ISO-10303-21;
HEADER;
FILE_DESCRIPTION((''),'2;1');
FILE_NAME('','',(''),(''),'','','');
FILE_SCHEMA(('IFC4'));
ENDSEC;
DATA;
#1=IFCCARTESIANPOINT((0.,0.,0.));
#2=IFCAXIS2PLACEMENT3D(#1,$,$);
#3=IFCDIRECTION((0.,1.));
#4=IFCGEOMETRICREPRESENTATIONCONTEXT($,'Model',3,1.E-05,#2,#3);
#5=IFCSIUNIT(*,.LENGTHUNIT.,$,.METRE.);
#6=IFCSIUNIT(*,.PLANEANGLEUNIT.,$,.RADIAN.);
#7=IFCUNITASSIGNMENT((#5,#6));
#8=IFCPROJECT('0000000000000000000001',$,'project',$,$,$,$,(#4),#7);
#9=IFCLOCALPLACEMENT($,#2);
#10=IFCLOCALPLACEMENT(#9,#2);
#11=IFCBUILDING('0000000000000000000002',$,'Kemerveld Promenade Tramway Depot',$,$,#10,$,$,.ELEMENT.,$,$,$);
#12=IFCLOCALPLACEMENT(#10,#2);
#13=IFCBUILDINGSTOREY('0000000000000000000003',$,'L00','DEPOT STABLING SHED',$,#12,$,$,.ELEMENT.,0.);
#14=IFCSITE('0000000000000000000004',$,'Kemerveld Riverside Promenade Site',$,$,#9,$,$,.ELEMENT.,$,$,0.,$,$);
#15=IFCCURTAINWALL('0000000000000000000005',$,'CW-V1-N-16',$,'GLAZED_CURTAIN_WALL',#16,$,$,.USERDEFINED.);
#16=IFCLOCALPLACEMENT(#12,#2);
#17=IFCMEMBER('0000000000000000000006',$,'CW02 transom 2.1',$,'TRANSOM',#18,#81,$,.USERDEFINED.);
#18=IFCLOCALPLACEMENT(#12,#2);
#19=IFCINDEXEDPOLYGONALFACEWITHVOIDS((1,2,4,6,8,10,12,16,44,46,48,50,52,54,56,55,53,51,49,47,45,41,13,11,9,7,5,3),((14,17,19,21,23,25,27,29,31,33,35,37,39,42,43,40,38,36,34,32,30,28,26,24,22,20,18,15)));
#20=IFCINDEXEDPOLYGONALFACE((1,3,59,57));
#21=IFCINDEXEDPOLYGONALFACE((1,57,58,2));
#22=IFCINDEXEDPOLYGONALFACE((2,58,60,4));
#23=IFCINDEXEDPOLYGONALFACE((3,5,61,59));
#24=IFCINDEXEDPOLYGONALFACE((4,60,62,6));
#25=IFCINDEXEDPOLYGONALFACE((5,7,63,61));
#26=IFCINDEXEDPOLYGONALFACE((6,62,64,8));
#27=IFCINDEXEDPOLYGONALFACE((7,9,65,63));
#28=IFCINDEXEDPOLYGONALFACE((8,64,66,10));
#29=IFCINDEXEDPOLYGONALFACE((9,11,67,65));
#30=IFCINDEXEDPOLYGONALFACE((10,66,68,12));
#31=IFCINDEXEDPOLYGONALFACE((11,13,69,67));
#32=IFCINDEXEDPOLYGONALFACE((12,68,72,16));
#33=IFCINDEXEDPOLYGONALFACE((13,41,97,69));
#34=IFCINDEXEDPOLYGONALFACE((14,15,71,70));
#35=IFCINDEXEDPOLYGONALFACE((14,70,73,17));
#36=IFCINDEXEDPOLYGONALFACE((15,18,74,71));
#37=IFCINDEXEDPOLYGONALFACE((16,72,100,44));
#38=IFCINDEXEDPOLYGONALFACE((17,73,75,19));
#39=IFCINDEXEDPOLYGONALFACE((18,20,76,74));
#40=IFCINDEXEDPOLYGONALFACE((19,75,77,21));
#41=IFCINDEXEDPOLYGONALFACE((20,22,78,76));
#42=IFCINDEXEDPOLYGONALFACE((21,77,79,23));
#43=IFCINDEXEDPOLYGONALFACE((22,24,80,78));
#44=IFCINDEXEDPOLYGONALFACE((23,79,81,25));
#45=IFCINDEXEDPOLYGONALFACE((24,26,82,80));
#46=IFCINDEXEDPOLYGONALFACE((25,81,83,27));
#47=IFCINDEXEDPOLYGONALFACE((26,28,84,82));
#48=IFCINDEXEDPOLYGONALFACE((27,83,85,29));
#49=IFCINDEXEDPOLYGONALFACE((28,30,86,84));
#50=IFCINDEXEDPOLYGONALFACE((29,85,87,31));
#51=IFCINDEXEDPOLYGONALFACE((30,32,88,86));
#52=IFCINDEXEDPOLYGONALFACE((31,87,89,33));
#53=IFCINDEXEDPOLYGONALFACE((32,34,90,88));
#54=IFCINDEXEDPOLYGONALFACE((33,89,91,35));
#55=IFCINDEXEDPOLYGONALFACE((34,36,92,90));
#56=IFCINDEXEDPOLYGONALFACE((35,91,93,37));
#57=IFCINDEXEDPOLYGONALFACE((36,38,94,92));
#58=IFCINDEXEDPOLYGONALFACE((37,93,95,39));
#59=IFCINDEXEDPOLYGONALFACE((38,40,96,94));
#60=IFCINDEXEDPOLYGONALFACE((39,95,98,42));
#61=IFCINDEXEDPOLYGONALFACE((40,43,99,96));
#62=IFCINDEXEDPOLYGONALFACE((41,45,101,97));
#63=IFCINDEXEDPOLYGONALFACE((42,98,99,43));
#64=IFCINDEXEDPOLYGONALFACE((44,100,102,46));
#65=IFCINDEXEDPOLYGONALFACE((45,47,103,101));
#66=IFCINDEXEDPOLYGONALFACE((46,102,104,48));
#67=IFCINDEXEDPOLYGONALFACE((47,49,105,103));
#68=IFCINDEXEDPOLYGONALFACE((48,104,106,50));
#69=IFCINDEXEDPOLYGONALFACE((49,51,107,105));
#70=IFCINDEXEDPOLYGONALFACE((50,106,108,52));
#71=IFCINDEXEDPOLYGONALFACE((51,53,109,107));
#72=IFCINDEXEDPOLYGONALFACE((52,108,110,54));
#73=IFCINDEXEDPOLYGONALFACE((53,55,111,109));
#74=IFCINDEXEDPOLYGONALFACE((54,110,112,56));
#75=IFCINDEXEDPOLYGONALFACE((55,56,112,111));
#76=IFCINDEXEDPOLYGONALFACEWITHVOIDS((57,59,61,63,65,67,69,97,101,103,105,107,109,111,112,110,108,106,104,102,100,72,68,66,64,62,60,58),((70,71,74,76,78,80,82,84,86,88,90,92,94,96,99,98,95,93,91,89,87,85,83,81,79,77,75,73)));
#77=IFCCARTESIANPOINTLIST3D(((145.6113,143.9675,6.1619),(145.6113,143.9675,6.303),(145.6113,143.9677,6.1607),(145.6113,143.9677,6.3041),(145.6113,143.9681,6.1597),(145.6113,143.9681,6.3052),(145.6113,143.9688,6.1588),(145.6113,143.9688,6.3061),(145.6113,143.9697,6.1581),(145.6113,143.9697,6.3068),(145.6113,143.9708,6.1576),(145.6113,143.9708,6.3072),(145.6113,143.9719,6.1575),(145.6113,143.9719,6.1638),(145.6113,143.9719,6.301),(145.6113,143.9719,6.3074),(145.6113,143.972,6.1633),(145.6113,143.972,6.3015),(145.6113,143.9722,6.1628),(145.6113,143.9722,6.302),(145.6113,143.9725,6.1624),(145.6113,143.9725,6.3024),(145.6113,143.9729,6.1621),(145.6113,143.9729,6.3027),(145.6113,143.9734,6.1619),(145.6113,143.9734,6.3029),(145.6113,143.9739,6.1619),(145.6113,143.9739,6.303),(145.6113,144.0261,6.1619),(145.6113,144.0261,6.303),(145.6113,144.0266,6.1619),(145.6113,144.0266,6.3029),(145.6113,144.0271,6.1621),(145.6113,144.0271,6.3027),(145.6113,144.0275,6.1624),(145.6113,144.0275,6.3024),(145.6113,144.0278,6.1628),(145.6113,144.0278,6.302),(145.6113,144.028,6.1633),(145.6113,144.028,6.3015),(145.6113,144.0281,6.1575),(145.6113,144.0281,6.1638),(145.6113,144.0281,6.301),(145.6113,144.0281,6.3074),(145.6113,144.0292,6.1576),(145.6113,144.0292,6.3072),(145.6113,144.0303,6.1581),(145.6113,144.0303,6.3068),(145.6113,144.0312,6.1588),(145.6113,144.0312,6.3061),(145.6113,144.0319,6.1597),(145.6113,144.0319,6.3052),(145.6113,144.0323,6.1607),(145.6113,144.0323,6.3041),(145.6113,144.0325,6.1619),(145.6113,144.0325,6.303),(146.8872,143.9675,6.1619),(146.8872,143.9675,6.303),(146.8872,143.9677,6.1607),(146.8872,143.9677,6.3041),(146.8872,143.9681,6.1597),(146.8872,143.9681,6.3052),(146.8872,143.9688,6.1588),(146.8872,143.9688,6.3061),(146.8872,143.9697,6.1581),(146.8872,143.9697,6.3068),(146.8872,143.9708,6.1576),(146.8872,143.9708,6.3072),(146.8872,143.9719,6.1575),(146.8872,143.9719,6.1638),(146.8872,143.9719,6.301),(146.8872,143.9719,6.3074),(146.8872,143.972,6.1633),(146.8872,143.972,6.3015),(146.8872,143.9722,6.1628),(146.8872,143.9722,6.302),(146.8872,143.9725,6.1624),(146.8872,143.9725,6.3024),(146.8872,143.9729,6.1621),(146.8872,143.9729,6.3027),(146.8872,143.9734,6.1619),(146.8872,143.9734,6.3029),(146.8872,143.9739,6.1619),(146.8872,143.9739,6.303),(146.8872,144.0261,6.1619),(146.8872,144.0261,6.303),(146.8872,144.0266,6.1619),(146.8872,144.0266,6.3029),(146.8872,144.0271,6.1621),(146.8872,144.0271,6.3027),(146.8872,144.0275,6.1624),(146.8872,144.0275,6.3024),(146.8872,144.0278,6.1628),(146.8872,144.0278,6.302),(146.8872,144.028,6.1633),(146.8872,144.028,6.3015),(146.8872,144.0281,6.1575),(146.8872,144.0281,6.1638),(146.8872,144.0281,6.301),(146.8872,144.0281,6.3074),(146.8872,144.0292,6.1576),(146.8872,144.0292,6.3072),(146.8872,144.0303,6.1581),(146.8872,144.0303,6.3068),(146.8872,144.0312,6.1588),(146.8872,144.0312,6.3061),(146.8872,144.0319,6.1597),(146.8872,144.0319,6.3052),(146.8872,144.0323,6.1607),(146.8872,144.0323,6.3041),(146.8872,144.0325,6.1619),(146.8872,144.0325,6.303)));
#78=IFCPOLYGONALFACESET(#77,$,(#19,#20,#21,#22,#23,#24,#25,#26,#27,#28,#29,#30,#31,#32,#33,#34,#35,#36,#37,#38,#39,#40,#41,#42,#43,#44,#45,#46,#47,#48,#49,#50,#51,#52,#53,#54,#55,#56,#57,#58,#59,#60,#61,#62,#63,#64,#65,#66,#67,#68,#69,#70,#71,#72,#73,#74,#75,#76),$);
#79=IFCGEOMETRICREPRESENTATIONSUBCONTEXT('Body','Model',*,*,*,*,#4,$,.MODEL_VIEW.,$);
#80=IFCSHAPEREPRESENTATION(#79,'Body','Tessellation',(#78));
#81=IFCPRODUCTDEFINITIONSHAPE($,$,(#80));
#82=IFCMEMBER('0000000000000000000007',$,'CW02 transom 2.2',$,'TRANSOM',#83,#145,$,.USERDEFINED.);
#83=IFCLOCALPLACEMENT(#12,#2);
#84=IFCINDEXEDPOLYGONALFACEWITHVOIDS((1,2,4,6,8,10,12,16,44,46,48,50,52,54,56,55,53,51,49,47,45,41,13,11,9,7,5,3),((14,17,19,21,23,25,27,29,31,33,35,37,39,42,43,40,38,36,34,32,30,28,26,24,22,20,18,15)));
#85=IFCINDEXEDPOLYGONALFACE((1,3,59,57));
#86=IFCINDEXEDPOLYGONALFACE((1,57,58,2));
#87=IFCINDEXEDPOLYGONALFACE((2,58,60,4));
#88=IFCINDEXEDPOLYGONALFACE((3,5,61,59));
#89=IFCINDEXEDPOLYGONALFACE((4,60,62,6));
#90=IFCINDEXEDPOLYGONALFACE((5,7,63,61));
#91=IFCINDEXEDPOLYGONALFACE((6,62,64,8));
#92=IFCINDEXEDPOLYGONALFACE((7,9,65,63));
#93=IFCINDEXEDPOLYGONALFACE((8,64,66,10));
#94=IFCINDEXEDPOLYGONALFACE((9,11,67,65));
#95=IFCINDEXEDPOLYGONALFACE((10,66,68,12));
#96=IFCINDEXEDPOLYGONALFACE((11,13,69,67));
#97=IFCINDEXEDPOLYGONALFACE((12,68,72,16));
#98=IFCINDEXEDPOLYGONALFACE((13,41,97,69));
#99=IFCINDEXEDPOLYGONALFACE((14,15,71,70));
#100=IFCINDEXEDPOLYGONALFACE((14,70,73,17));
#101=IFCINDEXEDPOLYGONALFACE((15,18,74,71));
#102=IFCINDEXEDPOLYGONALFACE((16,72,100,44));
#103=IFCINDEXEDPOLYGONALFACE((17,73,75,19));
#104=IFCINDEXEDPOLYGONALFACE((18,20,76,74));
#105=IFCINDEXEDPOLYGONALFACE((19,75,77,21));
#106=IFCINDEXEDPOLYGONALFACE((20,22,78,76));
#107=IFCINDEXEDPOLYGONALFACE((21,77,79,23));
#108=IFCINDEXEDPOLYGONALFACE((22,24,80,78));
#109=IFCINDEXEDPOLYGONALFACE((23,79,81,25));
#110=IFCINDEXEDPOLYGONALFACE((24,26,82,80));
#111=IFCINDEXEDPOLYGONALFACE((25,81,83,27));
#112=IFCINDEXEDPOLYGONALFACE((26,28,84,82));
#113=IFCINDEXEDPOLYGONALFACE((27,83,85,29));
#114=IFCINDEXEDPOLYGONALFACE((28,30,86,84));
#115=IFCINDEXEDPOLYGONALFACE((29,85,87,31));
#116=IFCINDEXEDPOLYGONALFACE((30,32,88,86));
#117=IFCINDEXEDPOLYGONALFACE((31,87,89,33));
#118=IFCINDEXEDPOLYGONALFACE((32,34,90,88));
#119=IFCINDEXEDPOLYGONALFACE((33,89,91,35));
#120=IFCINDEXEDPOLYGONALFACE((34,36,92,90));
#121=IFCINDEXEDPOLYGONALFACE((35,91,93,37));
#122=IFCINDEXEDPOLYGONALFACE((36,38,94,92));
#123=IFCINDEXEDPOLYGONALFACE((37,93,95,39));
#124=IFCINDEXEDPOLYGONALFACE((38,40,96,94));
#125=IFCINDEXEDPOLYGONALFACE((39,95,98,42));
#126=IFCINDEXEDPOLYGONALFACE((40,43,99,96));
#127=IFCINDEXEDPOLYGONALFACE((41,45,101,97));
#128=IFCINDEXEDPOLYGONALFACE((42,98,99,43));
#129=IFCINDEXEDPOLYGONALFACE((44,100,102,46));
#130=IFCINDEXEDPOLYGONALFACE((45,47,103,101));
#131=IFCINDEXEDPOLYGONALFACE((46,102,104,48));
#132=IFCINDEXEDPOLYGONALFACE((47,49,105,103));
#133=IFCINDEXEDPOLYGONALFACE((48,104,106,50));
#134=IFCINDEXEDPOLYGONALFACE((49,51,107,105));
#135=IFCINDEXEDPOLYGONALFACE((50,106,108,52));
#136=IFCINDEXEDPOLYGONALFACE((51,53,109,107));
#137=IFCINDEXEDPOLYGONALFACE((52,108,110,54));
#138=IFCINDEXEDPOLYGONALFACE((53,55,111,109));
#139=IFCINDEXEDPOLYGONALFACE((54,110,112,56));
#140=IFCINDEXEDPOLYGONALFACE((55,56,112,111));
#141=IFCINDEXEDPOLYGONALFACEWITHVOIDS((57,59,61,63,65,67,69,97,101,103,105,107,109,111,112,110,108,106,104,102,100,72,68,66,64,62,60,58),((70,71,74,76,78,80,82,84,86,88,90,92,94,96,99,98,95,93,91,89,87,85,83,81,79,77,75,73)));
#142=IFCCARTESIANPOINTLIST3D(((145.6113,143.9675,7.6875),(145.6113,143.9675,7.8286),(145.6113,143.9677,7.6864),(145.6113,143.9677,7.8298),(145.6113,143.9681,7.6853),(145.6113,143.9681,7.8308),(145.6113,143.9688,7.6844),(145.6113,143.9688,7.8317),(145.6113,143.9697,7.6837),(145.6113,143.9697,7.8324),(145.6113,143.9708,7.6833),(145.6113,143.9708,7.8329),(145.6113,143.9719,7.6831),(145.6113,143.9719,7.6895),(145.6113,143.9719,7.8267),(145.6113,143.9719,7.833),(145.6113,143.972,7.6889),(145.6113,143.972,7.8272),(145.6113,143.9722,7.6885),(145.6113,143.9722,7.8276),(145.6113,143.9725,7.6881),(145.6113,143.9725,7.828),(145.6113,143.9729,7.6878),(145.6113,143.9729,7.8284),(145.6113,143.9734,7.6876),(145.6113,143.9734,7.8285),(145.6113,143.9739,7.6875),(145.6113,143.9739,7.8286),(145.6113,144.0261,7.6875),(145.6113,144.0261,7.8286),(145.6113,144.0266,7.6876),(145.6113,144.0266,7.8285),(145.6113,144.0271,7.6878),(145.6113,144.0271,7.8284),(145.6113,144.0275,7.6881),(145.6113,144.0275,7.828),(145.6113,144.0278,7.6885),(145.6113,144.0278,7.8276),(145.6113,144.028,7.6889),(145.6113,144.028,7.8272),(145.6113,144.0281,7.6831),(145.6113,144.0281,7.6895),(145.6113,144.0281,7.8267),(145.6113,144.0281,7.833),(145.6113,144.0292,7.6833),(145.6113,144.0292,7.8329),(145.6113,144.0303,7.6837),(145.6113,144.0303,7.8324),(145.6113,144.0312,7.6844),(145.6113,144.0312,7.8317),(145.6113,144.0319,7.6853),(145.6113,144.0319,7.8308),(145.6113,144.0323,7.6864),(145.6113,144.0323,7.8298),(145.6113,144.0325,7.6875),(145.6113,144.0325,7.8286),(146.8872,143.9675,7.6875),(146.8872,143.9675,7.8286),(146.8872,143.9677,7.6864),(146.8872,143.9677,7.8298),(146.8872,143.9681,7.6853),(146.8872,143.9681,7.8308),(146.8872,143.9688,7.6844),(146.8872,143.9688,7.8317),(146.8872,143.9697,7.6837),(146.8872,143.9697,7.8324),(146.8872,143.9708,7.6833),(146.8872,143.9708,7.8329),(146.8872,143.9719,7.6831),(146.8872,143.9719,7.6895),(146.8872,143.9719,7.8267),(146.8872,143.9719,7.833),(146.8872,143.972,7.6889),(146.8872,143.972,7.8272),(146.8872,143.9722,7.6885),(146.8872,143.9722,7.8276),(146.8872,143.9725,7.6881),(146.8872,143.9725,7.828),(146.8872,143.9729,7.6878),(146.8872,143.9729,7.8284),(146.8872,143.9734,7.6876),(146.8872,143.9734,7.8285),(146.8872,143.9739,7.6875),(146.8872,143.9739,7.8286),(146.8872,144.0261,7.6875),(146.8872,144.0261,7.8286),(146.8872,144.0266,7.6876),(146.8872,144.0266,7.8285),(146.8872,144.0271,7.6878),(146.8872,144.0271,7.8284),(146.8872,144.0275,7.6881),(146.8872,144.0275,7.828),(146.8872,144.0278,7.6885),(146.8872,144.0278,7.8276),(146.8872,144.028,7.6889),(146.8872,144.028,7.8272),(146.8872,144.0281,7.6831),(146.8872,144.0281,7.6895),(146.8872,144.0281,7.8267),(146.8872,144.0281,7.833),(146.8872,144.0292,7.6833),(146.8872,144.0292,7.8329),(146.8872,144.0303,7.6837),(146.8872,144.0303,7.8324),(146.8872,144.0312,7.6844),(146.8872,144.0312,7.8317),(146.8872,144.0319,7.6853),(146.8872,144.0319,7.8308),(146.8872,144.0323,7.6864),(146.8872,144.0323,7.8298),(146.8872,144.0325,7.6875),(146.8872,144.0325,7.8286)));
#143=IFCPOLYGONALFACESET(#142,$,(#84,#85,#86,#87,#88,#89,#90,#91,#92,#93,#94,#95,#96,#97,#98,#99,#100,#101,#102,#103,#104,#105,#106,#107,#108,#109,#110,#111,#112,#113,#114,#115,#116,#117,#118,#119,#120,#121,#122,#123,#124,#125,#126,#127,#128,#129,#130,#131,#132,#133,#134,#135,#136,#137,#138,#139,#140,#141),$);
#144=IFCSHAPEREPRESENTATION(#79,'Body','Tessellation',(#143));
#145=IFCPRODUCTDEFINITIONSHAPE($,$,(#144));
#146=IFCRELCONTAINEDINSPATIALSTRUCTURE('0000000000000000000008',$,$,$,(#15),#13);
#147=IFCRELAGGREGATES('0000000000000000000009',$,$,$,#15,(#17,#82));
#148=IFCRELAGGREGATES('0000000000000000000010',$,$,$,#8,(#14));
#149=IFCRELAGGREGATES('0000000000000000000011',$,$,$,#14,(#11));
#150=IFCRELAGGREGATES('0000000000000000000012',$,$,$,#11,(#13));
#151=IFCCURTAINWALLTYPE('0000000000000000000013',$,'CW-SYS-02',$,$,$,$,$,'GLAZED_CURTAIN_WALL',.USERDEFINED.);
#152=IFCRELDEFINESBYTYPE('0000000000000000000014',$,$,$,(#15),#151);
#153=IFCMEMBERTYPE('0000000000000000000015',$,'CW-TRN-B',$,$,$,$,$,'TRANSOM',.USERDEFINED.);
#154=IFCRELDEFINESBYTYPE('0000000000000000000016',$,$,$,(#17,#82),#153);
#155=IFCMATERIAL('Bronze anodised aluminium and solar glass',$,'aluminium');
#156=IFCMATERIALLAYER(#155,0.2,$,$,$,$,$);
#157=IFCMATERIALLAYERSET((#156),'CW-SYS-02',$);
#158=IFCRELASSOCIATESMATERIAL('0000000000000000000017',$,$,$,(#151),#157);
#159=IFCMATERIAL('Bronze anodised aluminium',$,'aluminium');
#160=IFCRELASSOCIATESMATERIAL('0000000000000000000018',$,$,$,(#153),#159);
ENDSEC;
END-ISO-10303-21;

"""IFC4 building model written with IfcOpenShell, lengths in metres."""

from ifc_helpers import new_model, si_unit, direction, frame, origin, origin_2d, place, context, subcontext, project, spatial, hollow_rectangle, extrude, material, layer, layer_set, material_profile, profile_set, type_object, element, aggregate, save


model = new_model("IFC4")

# Units and contexts
model_context = context("Model", 3, precision=1e-05, world=origin(), true_north=direction((0.0, 1.0)))
body_context = subcontext(model_context, "Body", "Model", "MODEL_VIEW")
ifc_project = project(units=[si_unit("LENGTHUNIT", "METRE"), si_unit("PLANEANGLEUNIT", "RADIAN")], contexts=[model_context])

# Site, building, storey
site_placement = place(None, origin())
site = spatial("IfcSite", under=ifc_project, at=site_placement, Name="Kemerveld Riverside Promenade Site", CompositionType="ELEMENT", RefElevation=0.0)
building_placement = place(site_placement, origin())
building = spatial("IfcBuilding", under=site, at=building_placement, Name="Kemerveld Promenade Tramway Depot", CompositionType="ELEMENT")
storey_placement = place(building_placement, origin())
storey = spatial("IfcBuildingStorey", under=building, at=storey_placement, Name="L00", Description="DEPOT STABLING SHED", CompositionType="ELEMENT", Elevation=0.0)

# Curtain wall, members
ifc_material_1 = material(Name="Bronze anodised aluminium and solar glass", Category="aluminium")
ifc_layer_1 = layer(ifc_material_1, 0.2)
ifc_layer_set_1 = layer_set([ifc_layer_1], Name="CW-SYS-02")
curtain_wall_type = type_object("IfcCurtainWallType", Name="CW-SYS-02", ElementType="GLAZED_CURTAIN_WALL", PredefinedType="USERDEFINED", material=ifc_layer_set_1)
curtain_wall_placement = place(storey_placement, origin())
curtain_wall = element("IfcCurtainWall", 1, at=curtain_wall_placement, inside=storey, type_object=curtain_wall_type, Name="CW-V1-N-16", ObjectType="GLAZED_CURTAIN_WALL", PredefinedType="USERDEFINED")
ifc_material_2 = material(Name="Bronze anodised aluminium", Category="aluminium")
ifc_material_profile_1 = material_profile(ifc_material_2, hollow_rectangle(XDim=0.0649, YDim=0.1499, WallThickness=0.0044, InnerFilletRadius=0.002, OuterFilletRadius=0.0044, at=origin_2d()), Name="CW-TRN-150x65")
ifc_profile_set_1 = profile_set([ifc_material_profile_1], Name="Bronze anodised aluminium")
member_type_1 = type_object("IfcMemberType", Name="CW-TRN-B", ElementType="TRANSOM", PredefinedType="USERDEFINED", material=ifc_profile_set_1)
member_1_placement = place(storey_placement, frame((145.6113, 144.0, 6.2324), z_axis=(1.0, 0.0, 0.0), x_axis=(0.0, 1.0, 0.0)))
member_1 = element("IfcMember", 2, at=member_1_placement, type_object=member_type_1, Name="CW02 transom 2.1", ObjectType="TRANSOM", PredefinedType="USERDEFINED", context=body_context, shape_type="SweptSolid", body=[
    extrude(hollow_rectangle(XDim=0.0649, YDim=0.1499, WallThickness=0.0044, InnerFilletRadius=0.002, OuterFilletRadius=0.0044, at=origin_2d()), origin(), (0.0, 0.0, 1.0), 1.2759),
])
member_2_placement = place(storey_placement, frame((145.6113, 144.0, 7.7581), z_axis=(1.0, 0.0, 0.0), x_axis=(0.0, 1.0, 0.0)))
member_2 = element("IfcMember", 3, at=member_2_placement, type_object=member_type_1, Name="CW02 transom 2.2", ObjectType="TRANSOM", PredefinedType="USERDEFINED", context=body_context, shape_type="SweptSolid", body=[
    extrude(hollow_rectangle(XDim=0.0649, YDim=0.1499, WallThickness=0.0044, InnerFilletRadius=0.002, OuterFilletRadius=0.0044, at=origin_2d()), origin(), (0.0, 0.0, 1.0), 1.2759),
])

aggregate(curtain_wall, [member_1, member_2])

save(model, "model.ifc")
